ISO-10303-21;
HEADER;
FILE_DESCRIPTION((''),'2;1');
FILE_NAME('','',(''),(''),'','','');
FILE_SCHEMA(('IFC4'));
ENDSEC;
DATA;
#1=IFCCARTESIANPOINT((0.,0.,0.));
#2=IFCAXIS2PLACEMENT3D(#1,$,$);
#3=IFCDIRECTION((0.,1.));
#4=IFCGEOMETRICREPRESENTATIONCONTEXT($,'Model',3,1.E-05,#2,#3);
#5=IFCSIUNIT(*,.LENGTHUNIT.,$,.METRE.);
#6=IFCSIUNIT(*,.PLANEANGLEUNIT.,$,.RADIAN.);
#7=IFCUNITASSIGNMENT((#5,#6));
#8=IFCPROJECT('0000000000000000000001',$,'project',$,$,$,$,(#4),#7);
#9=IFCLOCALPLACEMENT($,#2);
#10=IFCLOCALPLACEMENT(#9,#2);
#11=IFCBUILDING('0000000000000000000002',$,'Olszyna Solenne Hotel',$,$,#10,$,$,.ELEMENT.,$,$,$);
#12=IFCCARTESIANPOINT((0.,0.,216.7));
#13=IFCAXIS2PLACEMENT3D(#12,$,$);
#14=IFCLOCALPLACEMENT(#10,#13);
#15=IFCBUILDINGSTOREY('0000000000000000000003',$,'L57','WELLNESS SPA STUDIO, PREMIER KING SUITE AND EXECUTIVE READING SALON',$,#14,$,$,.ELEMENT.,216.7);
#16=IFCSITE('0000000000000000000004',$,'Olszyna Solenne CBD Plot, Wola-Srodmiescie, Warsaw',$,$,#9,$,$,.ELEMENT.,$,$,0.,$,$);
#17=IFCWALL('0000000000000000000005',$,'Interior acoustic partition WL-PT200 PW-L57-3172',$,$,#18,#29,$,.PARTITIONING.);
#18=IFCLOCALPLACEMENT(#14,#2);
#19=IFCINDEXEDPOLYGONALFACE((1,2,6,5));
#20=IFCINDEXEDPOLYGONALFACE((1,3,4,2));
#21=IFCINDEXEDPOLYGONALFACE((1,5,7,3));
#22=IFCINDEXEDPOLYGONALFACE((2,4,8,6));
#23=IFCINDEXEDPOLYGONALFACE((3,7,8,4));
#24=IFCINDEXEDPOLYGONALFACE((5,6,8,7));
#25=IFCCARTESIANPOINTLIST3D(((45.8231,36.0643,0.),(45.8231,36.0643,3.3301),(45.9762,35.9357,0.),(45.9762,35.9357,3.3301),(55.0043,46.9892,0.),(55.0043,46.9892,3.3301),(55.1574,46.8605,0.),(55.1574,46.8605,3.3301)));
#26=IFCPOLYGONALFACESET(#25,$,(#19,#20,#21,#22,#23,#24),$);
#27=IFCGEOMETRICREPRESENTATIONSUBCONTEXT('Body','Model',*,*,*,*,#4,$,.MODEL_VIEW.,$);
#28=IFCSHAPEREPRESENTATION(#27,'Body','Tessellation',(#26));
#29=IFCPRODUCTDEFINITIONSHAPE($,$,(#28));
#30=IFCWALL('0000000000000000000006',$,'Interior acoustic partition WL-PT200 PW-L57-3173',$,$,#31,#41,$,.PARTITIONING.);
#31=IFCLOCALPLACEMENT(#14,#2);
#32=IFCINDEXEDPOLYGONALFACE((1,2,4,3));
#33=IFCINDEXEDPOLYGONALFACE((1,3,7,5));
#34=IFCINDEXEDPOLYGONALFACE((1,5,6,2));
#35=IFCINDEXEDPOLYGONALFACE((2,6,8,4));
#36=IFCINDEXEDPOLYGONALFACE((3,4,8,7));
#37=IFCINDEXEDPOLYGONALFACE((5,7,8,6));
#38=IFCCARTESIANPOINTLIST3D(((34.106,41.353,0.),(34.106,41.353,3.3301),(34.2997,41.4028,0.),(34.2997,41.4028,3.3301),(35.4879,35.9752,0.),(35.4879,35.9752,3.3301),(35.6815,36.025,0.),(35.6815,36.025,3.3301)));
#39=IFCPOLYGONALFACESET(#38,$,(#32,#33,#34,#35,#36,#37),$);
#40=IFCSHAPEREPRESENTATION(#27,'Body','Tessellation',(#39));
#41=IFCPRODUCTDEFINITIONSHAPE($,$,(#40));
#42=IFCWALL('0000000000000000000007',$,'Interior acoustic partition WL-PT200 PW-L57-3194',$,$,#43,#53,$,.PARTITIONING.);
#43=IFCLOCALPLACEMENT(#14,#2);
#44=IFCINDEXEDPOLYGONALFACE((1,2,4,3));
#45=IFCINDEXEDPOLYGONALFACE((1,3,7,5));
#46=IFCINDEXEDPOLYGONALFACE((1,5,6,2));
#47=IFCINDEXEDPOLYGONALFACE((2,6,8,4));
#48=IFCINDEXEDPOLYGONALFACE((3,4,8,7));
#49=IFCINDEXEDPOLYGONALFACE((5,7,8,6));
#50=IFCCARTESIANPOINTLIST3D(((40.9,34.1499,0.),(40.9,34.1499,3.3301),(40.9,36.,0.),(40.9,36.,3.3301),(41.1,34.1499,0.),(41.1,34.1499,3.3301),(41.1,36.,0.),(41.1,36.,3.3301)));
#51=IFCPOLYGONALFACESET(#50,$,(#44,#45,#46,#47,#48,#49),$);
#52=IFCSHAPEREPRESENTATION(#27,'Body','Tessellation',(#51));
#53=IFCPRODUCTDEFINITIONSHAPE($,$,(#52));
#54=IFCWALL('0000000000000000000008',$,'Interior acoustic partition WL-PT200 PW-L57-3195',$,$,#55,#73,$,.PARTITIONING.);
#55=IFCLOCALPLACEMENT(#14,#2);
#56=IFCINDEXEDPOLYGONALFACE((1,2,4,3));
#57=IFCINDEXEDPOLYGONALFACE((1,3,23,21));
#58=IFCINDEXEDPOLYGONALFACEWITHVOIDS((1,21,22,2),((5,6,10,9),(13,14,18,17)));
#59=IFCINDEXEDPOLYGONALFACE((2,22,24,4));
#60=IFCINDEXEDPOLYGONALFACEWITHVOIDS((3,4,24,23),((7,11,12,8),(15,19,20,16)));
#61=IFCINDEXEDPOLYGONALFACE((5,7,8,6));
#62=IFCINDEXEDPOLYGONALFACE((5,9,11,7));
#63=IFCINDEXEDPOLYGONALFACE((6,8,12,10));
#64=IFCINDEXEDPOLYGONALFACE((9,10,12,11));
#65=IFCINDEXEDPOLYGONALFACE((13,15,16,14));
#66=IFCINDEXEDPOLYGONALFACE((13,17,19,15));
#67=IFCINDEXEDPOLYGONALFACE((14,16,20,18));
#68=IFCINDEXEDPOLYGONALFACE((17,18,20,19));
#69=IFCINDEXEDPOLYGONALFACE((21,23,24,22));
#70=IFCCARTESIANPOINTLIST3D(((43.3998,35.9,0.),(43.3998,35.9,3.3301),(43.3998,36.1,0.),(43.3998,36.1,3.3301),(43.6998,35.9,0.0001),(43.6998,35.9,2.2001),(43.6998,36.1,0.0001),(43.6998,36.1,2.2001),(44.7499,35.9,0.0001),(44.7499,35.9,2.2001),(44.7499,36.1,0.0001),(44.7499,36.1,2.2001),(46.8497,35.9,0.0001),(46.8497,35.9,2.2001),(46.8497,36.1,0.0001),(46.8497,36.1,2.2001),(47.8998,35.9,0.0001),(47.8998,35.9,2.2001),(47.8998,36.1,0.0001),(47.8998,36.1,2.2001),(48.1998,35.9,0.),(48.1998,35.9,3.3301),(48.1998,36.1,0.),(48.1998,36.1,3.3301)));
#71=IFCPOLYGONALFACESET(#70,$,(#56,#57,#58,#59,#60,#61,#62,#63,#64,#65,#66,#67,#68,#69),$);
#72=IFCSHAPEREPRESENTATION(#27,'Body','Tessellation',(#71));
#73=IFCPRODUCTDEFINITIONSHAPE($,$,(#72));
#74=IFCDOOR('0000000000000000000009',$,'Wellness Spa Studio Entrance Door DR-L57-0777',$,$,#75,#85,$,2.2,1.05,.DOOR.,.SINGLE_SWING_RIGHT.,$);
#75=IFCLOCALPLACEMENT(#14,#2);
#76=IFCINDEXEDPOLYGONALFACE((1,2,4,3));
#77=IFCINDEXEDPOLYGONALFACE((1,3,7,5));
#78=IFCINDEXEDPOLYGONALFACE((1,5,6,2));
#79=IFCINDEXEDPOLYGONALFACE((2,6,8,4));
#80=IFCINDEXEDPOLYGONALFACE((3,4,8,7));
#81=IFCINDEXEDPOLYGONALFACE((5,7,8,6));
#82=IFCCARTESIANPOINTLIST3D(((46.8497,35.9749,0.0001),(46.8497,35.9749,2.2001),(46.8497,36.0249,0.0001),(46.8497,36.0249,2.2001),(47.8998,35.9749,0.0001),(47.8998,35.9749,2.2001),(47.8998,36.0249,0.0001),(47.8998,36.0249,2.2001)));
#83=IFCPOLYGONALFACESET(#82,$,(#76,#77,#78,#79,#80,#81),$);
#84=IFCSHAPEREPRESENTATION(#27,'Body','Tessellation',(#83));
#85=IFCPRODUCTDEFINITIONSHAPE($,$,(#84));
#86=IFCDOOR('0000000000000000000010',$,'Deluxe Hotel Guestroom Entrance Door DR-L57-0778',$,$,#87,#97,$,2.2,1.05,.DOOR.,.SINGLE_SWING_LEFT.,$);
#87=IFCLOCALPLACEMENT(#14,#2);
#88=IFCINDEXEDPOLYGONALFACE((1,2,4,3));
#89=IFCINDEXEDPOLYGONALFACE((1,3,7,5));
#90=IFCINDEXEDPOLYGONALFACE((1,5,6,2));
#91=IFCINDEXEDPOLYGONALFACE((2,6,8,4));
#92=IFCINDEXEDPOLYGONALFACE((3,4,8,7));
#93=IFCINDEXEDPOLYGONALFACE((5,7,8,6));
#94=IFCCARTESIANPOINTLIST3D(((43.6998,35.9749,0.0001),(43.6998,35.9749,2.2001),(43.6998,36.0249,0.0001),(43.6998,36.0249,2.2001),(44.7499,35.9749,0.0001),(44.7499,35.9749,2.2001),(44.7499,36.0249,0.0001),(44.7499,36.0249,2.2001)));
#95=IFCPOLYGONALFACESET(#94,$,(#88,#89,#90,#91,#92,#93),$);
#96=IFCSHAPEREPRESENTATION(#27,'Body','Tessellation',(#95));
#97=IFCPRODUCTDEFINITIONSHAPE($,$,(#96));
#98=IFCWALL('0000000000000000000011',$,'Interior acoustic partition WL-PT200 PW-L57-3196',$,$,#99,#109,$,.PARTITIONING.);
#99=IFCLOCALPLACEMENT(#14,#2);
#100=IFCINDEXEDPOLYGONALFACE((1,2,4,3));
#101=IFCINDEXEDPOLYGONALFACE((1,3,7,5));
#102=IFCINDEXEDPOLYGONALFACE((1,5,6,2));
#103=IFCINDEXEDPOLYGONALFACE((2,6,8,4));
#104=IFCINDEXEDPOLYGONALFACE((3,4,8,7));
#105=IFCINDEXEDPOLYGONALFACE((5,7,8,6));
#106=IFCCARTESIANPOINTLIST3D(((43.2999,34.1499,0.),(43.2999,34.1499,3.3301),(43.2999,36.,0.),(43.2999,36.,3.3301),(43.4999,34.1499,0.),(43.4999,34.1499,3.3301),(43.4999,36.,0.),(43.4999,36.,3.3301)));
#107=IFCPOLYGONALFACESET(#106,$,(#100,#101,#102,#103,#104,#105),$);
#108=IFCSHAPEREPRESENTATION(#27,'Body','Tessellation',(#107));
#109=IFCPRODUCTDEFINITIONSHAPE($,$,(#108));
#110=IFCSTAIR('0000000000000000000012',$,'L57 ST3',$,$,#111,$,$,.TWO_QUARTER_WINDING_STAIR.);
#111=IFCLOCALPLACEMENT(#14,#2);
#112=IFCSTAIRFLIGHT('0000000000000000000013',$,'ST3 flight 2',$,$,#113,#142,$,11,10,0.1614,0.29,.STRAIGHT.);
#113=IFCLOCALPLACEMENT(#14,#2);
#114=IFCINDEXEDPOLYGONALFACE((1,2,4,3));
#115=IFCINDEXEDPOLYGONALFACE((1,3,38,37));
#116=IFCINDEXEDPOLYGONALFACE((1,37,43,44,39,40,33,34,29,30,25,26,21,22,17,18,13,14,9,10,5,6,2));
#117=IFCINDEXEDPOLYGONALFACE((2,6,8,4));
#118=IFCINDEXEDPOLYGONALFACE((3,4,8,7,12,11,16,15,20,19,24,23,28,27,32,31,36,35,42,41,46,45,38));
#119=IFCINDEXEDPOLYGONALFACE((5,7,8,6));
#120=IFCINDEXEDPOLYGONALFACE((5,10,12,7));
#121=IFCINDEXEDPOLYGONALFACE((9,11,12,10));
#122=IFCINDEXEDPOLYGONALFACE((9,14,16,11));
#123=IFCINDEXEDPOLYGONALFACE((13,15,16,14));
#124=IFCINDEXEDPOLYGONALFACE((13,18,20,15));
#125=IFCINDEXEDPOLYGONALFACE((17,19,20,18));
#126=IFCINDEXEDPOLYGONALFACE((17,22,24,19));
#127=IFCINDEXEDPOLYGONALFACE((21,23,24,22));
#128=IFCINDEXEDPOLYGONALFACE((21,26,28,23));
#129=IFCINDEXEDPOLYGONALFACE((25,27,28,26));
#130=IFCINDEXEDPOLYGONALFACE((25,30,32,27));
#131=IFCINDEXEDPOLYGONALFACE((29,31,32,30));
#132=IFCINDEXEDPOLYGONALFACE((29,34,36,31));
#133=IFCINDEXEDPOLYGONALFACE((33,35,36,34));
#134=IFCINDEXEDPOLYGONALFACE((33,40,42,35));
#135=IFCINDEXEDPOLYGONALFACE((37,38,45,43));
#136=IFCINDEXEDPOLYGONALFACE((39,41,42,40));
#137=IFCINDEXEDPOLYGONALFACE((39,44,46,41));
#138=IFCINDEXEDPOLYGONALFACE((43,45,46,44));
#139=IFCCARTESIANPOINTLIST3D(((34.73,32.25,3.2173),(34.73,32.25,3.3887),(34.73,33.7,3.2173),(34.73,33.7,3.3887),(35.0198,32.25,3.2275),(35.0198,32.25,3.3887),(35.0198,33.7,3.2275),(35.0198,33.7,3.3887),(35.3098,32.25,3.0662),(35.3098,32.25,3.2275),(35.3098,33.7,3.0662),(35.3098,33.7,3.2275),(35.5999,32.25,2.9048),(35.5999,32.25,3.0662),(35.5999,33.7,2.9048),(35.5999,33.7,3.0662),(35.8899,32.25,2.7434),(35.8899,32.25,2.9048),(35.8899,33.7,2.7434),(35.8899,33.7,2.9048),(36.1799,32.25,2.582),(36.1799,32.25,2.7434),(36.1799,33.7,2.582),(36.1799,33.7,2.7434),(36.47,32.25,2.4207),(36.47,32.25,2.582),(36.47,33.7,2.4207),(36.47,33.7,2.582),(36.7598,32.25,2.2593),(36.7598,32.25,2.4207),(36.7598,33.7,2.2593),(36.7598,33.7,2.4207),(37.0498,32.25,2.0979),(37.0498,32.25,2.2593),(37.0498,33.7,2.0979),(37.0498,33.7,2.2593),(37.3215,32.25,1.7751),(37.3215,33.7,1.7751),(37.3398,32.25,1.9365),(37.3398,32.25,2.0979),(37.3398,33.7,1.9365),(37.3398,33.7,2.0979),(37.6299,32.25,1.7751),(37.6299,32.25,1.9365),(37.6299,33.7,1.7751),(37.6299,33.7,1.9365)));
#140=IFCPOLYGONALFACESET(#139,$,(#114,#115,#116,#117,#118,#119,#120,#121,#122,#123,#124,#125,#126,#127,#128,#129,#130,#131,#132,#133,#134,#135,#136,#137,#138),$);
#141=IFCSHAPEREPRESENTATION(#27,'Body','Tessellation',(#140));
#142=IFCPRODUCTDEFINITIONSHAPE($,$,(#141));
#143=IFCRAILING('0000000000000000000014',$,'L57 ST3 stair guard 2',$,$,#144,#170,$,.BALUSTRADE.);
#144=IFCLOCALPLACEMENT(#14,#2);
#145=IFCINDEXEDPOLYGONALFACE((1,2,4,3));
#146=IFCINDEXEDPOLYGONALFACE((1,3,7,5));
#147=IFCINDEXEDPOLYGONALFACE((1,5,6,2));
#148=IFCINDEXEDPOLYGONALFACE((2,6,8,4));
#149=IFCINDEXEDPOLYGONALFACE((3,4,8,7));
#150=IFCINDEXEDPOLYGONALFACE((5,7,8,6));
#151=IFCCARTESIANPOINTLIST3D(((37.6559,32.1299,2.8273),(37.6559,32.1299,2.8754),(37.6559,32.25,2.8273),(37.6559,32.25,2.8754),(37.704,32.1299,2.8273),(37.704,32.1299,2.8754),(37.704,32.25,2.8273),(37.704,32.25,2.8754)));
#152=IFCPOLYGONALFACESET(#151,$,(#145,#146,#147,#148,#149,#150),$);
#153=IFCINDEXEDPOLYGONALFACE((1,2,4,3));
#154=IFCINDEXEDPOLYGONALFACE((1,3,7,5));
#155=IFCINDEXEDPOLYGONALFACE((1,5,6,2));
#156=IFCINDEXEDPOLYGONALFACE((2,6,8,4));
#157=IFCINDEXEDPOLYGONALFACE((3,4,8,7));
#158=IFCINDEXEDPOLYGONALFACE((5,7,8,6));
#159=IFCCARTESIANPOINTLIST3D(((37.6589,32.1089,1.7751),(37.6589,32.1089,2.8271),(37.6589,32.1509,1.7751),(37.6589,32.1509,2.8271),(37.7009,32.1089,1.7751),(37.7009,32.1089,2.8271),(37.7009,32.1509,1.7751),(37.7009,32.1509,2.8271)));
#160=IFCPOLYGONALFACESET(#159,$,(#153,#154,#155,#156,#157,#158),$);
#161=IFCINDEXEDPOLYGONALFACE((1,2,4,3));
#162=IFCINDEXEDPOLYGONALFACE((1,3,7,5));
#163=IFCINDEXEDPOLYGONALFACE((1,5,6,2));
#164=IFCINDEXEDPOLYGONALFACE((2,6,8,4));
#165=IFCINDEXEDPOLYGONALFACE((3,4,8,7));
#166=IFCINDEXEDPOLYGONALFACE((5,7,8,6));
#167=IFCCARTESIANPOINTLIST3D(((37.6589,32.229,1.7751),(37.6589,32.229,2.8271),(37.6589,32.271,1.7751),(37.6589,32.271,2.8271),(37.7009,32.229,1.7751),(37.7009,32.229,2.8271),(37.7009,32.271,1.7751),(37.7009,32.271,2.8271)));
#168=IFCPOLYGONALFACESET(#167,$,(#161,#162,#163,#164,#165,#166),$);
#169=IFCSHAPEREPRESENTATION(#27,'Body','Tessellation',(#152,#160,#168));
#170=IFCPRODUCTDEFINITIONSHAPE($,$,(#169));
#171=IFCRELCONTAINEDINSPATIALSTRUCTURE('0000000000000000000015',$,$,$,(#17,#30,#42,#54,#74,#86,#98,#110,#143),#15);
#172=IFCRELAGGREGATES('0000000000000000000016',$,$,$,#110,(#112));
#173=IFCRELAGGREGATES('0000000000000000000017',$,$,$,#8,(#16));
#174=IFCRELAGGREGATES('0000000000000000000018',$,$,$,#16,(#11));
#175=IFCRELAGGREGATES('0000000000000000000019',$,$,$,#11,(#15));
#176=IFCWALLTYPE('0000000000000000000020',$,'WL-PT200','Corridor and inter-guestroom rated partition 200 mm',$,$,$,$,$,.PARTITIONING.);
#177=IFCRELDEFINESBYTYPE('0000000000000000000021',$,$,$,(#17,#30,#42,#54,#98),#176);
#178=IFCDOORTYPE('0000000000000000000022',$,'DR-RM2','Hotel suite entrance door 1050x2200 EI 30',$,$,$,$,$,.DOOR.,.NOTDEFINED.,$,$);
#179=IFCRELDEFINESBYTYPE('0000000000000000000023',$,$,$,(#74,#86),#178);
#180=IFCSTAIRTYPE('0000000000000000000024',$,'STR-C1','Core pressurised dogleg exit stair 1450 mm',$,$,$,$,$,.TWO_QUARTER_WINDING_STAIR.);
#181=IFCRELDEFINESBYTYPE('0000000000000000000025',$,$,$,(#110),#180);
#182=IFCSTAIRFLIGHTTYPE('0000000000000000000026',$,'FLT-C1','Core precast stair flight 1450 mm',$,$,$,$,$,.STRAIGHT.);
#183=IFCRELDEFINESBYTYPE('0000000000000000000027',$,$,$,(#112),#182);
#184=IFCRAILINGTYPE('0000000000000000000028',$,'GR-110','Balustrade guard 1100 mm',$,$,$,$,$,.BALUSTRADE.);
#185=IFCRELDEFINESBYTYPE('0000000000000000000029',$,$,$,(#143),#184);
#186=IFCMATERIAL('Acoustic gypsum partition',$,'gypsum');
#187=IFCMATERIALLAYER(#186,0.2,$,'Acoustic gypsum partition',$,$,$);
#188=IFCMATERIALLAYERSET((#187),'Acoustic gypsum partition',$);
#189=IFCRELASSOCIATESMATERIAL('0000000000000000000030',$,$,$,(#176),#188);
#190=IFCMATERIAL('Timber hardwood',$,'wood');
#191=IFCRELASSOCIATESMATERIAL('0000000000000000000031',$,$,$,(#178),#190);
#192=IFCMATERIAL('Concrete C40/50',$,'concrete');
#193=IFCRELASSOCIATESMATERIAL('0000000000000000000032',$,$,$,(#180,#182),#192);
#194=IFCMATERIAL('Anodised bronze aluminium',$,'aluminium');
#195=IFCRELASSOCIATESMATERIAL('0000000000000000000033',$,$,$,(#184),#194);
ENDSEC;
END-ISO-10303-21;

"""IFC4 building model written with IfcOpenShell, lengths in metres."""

from ifc_helpers import new_model, si_unit, direction, frame, frame_2d, origin, origin_2d, place, context, subcontext, project, spatial, polyline, rectangle, outline, extrude, source, transform, mapped, material, layer, layer_set, type_object, type_shapes, element, fill, aggregate, save


model = new_model("IFC4")

# Units and contexts
model_context = context("Model", 3, precision=1e-05, world=origin(), true_north=direction((0.0, 1.0)))
body_context = subcontext(model_context, "Body", "Model", "MODEL_VIEW")
ifc_project = project(units=[si_unit("LENGTHUNIT", "METRE"), si_unit("PLANEANGLEUNIT", "RADIAN")], contexts=[model_context])

# Site, building, storey
site_placement = place(None, origin())
site = spatial("IfcSite", under=ifc_project, at=site_placement, Name="Olszyna Solenne CBD Plot, Wola-Srodmiescie, Warsaw", CompositionType="ELEMENT", RefElevation=0.0)
building_placement = place(site_placement, origin())
building = spatial("IfcBuilding", under=site, at=building_placement, Name="Olszyna Solenne Hotel", CompositionType="ELEMENT")
storey_placement = place(building_placement, frame((0.0, 0.0, 216.7)))
storey = spatial("IfcBuildingStorey", under=building, at=storey_placement, Name="L57", Description="WELLNESS SPA STUDIO, PREMIER KING SUITE AND EXECUTIVE READING SALON", CompositionType="ELEMENT", Elevation=216.7)

# Shared definitions
ifc_material_1 = material(Name="Timber hardwood", Category="wood")

# Shared definitions
ifc_material_2 = material(Name="Anodised bronze aluminium", Category="aluminium")

# Shared definitions
ifc_material_3 = material(Name="Acoustic gypsum partition", Category="gypsum")

# Walls
ifc_layer_1 = layer(ifc_material_3, 0.2, Name="Acoustic gypsum partition")
ifc_layer_set_1 = layer_set([ifc_layer_1], Name="Acoustic gypsum partition")
wall_type_1 = type_object("IfcWallType", Name="WL-PT200", Description="Corridor and inter-guestroom rated partition 200 mm", PredefinedType="PARTITIONING", material=ifc_layer_set_1)
wall_1_placement = place(storey_placement, frame((45.8997, 36.0, 0.0), z_axis=(0.0, 0.0, 1.0), x_axis=(0.643369, 0.765556, 0.0)))
element("IfcWall", 1, at=wall_1_placement, inside=storey, type_object=wall_type_1, Name="Interior acoustic partition WL-PT200 PW-L57-3172", PredefinedType="PARTITIONING", context=body_context, shape_type="SweptSolid", body=[
    extrude(rectangle(XDim=14.2705, YDim=0.2, at=frame_2d((7.1353, 0.0))), origin(), (0.0, 0.0, 1.0), 3.3301),
])
wall_2_placement = place(storey_placement, frame((35.5847, 36.0, 0.0), z_axis=(0.0, 0.0, 1.0), x_axis=(-0.248873, 0.968536, 0.0)))
element("IfcWall", 2, at=wall_2_placement, inside=storey, type_object=wall_type_1, Name="Interior acoustic partition WL-PT200 PW-L57-3173", PredefinedType="PARTITIONING", context=body_context, shape_type="SweptSolid", body=[
    extrude(rectangle(XDim=5.5525, YDim=0.2, at=frame_2d((2.7764, 0.0))), origin(), (0.0, 0.0, 1.0), 3.3301),
])
wall_3_placement = place(storey_placement, frame((41.0, 34.1499, 0.0), z_axis=(0.0, 0.0, 1.0), x_axis=(0.0, 1.0, 0.0)))
element("IfcWall", 3, at=wall_3_placement, inside=storey, type_object=wall_type_1, Name="Interior acoustic partition WL-PT200 PW-L57-3194", PredefinedType="PARTITIONING", context=body_context, shape_type="SweptSolid", body=[
    extrude(rectangle(XDim=1.8501, YDim=0.2, at=frame_2d((0.925, 0.0))), origin(), (0.0, 0.0, 1.0), 3.3301),
])

# Wall, openings, doors
wall_4_placement = place(storey_placement, frame((43.3999, 36.0, 0.0), z_axis=(0.0, 0.0, 1.0), x_axis=(1.0, 0.0, 0.0)))
wall_4 = element("IfcWall", 4, at=wall_4_placement, inside=storey, type_object=wall_type_1, Name="Interior acoustic partition WL-PT200 PW-L57-3195", PredefinedType="PARTITIONING", context=body_context, shape_type="SweptSolid", body=[
    extrude(rectangle(XDim=4.8, YDim=0.2, at=frame_2d((2.3999, 0.0))), origin(), (0.0, 0.0, 1.0), 3.3301),
])
opening_1_placement = place(wall_4_placement, frame((3.45, 0.0, 0.0)))
opening_1 = element("IfcOpeningElement", 5, at=opening_1_placement, cuts=wall_4, PredefinedType="OPENING", context=body_context, shape_type="SweptSolid", body=[
    extrude(rectangle(XDim=1.05, YDim=2.2, at=frame_2d((0.5249, 1.1001))), frame((0.0, 0.1099, 0.0), z_axis=(0.0, -1.0, 0.0), x_axis=(1.0, 0.0, 0.0)), (0.0, 0.0, 1.0), 0.22),
])
opening_2_placement = place(wall_4_placement, frame((0.3, 0.0, 0.0)))
opening_2 = element("IfcOpeningElement", 6, at=opening_2_placement, cuts=wall_4, PredefinedType="OPENING", context=body_context, shape_type="SweptSolid", body=[
    extrude(rectangle(XDim=1.05, YDim=2.2, at=frame_2d((0.5249, 1.1001))), frame((0.0, 0.1099, 0.0), z_axis=(0.0, -1.0, 0.0), x_axis=(1.0, 0.0, 0.0)), (0.0, 0.0, 1.0), 0.22),
])
door_type_1 = type_object("IfcDoorType", Name="DR-RM2", Description="Hotel suite entrance door 1050x2200 EI 30", OperationType="NOTDEFINED", PredefinedType="DOOR", material=ifc_material_1)
shared_shape_1 = source(origin(), body_context, "Body", "SweptSolid", [
    extrude(rectangle(XDim=1.05, YDim=2.2, at=frame_2d((0.5249, 1.1001))), frame((0.0, 0.0249, 0.0), z_axis=(0.0, -1.0, 0.0), x_axis=(1.0, 0.0, 0.0)), (0.0, 0.0, 1.0), 0.05),
])
type_shapes(door_type_1, [shared_shape_1])
door_1_placement = place(opening_1_placement, origin())
door_1 = element("IfcDoor", 7, at=door_1_placement, inside=storey, type_object=door_type_1, Name="Wellness Spa Studio Entrance Door DR-L57-0777", OperationType="SINGLE_SWING_RIGHT", OverallHeight=2.2, OverallWidth=1.05, PredefinedType="DOOR", context=body_context, shape_type="MappedRepresentation", body=[
    mapped(shared_shape_1, transform((0.0, 0.0, 0.0), x_axis=(1.0, 0.0, 0.0), y_axis=(0.0, 1.0, 0.0), z_axis=(0.0, 0.0, 1.0), scale=1.0)),
])
fill(opening_1, door_1)
door_2_placement = place(opening_2_placement, origin())
door_2 = element("IfcDoor", 8, at=door_2_placement, inside=storey, type_object=door_type_1, Name="Deluxe Hotel Guestroom Entrance Door DR-L57-0778", OperationType="SINGLE_SWING_LEFT", OverallHeight=2.2, OverallWidth=1.05, PredefinedType="DOOR", context=body_context, shape_type="MappedRepresentation", body=[
    mapped(shared_shape_1, transform((0.0, 0.0, 0.0), x_axis=(1.0, 0.0, 0.0), y_axis=(0.0, 1.0, 0.0), z_axis=(0.0, 0.0, 1.0), scale=1.0)),
])
fill(opening_2, door_2)

# Wall
wall_5_placement = place(storey_placement, frame((43.3999, 34.1499, 0.0), z_axis=(0.0, 0.0, 1.0), x_axis=(0.0, 1.0, 0.0)))
element("IfcWall", 9, at=wall_5_placement, inside=storey, type_object=wall_type_1, Name="Interior acoustic partition WL-PT200 PW-L57-3196", PredefinedType="PARTITIONING", context=body_context, shape_type="SweptSolid", body=[
    extrude(rectangle(XDim=1.8501, YDim=0.2, at=frame_2d((0.925, 0.0))), origin(), (0.0, 0.0, 1.0), 3.3301),
])

# Stair, stair flight
ifc_material_4 = material(Name="Concrete C40/50", Category="concrete")
stair_type = type_object("IfcStairType", Name="STR-C1", Description="Core pressurised dogleg exit stair 1450 mm", PredefinedType="TWO_QUARTER_WINDING_STAIR", material=ifc_material_4)
stair_placement = place(storey_placement, origin())
stair = element("IfcStair", 10, at=stair_placement, inside=storey, type_object=stair_type, Name="L57 ST3", PredefinedType="TWO_QUARTER_WINDING_STAIR")
stair_flight_type = type_object("IfcStairFlightType", Name="FLT-C1", Description="Core precast stair flight 1450 mm", PredefinedType="STRAIGHT", material=ifc_material_4)
stair_flight_placement = place(storey_placement, frame((37.6299, 32.9751, 1.7751), z_axis=(0.0, 0.0, 1.0), x_axis=(-1.0, 0.0, 0.0)))
stair_flight = element("IfcStairFlight", 11, at=stair_flight_placement, type_object=stair_flight_type, Name="ST3 flight 2", NumberOfRisers=11, NumberOfTreads=10, PredefinedType="STRAIGHT", RiserHeight=0.1614, TreadLength=0.29, context=body_context, shape_type="SweptSolid", body=[
    extrude(outline(polyline([(0.0, 0.0), (0.0, 0.1614), (0.29, 0.1614), (0.29, 0.3228), (0.5801, 0.3228), (0.5801, 0.4841), (0.8701, 0.4841), (0.8701, 0.6455), (1.1599, 0.6455), (1.1599, 0.8069), (1.45, 0.8069), (1.45, 0.9683), (1.74, 0.9683), (1.74, 1.1296), (2.03, 1.1296), (2.03, 1.291), (2.3201, 1.291), (2.3201, 1.4524), (2.6101, 1.4524), (2.6101, 1.6135), (2.8999, 1.6135), (2.8999, 1.7749), (2.8999, 1.4421), (0.3083, 0.0), (0.0, 0.0)])), frame((0.0, 0.7251, 0.0), z_axis=(0.0, -1.0, 0.0), x_axis=(1.0, 0.0, 0.0)), (0.0, 0.0, 1.0), 1.45),
])
aggregate(stair, [stair_flight])

# Railing
railing_type_1 = type_object("IfcRailingType", Name="GR-110", Description="Balustrade guard 1100 mm", PredefinedType="BALUSTRADE", material=ifc_material_2)
railing_1_placement = place(storey_placement, frame((37.6799, 32.1299, 1.7751)))
element("IfcRailing", 12, at=railing_1_placement, inside=storey, type_object=railing_type_1, Name="L57 ST3 stair guard 2", PredefinedType="BALUSTRADE", context=body_context, shape_type="SweptSolid", body=[
    extrude(rectangle(XDim=0.0481, YDim=0.0481, at=origin_2d()), frame((0.0, 0.0, 1.0762), z_axis=(0.0, 1.0, 0.0), x_axis=(-1.0, 0.0, 0.0)), (0.0, 0.0, 1.0), 0.1201),
    extrude(rectangle(XDim=0.042, YDim=0.042, at=origin_2d()), origin(), (0.0, 0.0, 1.0), 1.052),
    extrude(rectangle(XDim=0.042, YDim=0.042, at=origin_2d()), frame((0.0, 0.1201, 0.0)), (0.0, 0.0, 1.0), 1.052),
])

save(model, "model.ifc")
